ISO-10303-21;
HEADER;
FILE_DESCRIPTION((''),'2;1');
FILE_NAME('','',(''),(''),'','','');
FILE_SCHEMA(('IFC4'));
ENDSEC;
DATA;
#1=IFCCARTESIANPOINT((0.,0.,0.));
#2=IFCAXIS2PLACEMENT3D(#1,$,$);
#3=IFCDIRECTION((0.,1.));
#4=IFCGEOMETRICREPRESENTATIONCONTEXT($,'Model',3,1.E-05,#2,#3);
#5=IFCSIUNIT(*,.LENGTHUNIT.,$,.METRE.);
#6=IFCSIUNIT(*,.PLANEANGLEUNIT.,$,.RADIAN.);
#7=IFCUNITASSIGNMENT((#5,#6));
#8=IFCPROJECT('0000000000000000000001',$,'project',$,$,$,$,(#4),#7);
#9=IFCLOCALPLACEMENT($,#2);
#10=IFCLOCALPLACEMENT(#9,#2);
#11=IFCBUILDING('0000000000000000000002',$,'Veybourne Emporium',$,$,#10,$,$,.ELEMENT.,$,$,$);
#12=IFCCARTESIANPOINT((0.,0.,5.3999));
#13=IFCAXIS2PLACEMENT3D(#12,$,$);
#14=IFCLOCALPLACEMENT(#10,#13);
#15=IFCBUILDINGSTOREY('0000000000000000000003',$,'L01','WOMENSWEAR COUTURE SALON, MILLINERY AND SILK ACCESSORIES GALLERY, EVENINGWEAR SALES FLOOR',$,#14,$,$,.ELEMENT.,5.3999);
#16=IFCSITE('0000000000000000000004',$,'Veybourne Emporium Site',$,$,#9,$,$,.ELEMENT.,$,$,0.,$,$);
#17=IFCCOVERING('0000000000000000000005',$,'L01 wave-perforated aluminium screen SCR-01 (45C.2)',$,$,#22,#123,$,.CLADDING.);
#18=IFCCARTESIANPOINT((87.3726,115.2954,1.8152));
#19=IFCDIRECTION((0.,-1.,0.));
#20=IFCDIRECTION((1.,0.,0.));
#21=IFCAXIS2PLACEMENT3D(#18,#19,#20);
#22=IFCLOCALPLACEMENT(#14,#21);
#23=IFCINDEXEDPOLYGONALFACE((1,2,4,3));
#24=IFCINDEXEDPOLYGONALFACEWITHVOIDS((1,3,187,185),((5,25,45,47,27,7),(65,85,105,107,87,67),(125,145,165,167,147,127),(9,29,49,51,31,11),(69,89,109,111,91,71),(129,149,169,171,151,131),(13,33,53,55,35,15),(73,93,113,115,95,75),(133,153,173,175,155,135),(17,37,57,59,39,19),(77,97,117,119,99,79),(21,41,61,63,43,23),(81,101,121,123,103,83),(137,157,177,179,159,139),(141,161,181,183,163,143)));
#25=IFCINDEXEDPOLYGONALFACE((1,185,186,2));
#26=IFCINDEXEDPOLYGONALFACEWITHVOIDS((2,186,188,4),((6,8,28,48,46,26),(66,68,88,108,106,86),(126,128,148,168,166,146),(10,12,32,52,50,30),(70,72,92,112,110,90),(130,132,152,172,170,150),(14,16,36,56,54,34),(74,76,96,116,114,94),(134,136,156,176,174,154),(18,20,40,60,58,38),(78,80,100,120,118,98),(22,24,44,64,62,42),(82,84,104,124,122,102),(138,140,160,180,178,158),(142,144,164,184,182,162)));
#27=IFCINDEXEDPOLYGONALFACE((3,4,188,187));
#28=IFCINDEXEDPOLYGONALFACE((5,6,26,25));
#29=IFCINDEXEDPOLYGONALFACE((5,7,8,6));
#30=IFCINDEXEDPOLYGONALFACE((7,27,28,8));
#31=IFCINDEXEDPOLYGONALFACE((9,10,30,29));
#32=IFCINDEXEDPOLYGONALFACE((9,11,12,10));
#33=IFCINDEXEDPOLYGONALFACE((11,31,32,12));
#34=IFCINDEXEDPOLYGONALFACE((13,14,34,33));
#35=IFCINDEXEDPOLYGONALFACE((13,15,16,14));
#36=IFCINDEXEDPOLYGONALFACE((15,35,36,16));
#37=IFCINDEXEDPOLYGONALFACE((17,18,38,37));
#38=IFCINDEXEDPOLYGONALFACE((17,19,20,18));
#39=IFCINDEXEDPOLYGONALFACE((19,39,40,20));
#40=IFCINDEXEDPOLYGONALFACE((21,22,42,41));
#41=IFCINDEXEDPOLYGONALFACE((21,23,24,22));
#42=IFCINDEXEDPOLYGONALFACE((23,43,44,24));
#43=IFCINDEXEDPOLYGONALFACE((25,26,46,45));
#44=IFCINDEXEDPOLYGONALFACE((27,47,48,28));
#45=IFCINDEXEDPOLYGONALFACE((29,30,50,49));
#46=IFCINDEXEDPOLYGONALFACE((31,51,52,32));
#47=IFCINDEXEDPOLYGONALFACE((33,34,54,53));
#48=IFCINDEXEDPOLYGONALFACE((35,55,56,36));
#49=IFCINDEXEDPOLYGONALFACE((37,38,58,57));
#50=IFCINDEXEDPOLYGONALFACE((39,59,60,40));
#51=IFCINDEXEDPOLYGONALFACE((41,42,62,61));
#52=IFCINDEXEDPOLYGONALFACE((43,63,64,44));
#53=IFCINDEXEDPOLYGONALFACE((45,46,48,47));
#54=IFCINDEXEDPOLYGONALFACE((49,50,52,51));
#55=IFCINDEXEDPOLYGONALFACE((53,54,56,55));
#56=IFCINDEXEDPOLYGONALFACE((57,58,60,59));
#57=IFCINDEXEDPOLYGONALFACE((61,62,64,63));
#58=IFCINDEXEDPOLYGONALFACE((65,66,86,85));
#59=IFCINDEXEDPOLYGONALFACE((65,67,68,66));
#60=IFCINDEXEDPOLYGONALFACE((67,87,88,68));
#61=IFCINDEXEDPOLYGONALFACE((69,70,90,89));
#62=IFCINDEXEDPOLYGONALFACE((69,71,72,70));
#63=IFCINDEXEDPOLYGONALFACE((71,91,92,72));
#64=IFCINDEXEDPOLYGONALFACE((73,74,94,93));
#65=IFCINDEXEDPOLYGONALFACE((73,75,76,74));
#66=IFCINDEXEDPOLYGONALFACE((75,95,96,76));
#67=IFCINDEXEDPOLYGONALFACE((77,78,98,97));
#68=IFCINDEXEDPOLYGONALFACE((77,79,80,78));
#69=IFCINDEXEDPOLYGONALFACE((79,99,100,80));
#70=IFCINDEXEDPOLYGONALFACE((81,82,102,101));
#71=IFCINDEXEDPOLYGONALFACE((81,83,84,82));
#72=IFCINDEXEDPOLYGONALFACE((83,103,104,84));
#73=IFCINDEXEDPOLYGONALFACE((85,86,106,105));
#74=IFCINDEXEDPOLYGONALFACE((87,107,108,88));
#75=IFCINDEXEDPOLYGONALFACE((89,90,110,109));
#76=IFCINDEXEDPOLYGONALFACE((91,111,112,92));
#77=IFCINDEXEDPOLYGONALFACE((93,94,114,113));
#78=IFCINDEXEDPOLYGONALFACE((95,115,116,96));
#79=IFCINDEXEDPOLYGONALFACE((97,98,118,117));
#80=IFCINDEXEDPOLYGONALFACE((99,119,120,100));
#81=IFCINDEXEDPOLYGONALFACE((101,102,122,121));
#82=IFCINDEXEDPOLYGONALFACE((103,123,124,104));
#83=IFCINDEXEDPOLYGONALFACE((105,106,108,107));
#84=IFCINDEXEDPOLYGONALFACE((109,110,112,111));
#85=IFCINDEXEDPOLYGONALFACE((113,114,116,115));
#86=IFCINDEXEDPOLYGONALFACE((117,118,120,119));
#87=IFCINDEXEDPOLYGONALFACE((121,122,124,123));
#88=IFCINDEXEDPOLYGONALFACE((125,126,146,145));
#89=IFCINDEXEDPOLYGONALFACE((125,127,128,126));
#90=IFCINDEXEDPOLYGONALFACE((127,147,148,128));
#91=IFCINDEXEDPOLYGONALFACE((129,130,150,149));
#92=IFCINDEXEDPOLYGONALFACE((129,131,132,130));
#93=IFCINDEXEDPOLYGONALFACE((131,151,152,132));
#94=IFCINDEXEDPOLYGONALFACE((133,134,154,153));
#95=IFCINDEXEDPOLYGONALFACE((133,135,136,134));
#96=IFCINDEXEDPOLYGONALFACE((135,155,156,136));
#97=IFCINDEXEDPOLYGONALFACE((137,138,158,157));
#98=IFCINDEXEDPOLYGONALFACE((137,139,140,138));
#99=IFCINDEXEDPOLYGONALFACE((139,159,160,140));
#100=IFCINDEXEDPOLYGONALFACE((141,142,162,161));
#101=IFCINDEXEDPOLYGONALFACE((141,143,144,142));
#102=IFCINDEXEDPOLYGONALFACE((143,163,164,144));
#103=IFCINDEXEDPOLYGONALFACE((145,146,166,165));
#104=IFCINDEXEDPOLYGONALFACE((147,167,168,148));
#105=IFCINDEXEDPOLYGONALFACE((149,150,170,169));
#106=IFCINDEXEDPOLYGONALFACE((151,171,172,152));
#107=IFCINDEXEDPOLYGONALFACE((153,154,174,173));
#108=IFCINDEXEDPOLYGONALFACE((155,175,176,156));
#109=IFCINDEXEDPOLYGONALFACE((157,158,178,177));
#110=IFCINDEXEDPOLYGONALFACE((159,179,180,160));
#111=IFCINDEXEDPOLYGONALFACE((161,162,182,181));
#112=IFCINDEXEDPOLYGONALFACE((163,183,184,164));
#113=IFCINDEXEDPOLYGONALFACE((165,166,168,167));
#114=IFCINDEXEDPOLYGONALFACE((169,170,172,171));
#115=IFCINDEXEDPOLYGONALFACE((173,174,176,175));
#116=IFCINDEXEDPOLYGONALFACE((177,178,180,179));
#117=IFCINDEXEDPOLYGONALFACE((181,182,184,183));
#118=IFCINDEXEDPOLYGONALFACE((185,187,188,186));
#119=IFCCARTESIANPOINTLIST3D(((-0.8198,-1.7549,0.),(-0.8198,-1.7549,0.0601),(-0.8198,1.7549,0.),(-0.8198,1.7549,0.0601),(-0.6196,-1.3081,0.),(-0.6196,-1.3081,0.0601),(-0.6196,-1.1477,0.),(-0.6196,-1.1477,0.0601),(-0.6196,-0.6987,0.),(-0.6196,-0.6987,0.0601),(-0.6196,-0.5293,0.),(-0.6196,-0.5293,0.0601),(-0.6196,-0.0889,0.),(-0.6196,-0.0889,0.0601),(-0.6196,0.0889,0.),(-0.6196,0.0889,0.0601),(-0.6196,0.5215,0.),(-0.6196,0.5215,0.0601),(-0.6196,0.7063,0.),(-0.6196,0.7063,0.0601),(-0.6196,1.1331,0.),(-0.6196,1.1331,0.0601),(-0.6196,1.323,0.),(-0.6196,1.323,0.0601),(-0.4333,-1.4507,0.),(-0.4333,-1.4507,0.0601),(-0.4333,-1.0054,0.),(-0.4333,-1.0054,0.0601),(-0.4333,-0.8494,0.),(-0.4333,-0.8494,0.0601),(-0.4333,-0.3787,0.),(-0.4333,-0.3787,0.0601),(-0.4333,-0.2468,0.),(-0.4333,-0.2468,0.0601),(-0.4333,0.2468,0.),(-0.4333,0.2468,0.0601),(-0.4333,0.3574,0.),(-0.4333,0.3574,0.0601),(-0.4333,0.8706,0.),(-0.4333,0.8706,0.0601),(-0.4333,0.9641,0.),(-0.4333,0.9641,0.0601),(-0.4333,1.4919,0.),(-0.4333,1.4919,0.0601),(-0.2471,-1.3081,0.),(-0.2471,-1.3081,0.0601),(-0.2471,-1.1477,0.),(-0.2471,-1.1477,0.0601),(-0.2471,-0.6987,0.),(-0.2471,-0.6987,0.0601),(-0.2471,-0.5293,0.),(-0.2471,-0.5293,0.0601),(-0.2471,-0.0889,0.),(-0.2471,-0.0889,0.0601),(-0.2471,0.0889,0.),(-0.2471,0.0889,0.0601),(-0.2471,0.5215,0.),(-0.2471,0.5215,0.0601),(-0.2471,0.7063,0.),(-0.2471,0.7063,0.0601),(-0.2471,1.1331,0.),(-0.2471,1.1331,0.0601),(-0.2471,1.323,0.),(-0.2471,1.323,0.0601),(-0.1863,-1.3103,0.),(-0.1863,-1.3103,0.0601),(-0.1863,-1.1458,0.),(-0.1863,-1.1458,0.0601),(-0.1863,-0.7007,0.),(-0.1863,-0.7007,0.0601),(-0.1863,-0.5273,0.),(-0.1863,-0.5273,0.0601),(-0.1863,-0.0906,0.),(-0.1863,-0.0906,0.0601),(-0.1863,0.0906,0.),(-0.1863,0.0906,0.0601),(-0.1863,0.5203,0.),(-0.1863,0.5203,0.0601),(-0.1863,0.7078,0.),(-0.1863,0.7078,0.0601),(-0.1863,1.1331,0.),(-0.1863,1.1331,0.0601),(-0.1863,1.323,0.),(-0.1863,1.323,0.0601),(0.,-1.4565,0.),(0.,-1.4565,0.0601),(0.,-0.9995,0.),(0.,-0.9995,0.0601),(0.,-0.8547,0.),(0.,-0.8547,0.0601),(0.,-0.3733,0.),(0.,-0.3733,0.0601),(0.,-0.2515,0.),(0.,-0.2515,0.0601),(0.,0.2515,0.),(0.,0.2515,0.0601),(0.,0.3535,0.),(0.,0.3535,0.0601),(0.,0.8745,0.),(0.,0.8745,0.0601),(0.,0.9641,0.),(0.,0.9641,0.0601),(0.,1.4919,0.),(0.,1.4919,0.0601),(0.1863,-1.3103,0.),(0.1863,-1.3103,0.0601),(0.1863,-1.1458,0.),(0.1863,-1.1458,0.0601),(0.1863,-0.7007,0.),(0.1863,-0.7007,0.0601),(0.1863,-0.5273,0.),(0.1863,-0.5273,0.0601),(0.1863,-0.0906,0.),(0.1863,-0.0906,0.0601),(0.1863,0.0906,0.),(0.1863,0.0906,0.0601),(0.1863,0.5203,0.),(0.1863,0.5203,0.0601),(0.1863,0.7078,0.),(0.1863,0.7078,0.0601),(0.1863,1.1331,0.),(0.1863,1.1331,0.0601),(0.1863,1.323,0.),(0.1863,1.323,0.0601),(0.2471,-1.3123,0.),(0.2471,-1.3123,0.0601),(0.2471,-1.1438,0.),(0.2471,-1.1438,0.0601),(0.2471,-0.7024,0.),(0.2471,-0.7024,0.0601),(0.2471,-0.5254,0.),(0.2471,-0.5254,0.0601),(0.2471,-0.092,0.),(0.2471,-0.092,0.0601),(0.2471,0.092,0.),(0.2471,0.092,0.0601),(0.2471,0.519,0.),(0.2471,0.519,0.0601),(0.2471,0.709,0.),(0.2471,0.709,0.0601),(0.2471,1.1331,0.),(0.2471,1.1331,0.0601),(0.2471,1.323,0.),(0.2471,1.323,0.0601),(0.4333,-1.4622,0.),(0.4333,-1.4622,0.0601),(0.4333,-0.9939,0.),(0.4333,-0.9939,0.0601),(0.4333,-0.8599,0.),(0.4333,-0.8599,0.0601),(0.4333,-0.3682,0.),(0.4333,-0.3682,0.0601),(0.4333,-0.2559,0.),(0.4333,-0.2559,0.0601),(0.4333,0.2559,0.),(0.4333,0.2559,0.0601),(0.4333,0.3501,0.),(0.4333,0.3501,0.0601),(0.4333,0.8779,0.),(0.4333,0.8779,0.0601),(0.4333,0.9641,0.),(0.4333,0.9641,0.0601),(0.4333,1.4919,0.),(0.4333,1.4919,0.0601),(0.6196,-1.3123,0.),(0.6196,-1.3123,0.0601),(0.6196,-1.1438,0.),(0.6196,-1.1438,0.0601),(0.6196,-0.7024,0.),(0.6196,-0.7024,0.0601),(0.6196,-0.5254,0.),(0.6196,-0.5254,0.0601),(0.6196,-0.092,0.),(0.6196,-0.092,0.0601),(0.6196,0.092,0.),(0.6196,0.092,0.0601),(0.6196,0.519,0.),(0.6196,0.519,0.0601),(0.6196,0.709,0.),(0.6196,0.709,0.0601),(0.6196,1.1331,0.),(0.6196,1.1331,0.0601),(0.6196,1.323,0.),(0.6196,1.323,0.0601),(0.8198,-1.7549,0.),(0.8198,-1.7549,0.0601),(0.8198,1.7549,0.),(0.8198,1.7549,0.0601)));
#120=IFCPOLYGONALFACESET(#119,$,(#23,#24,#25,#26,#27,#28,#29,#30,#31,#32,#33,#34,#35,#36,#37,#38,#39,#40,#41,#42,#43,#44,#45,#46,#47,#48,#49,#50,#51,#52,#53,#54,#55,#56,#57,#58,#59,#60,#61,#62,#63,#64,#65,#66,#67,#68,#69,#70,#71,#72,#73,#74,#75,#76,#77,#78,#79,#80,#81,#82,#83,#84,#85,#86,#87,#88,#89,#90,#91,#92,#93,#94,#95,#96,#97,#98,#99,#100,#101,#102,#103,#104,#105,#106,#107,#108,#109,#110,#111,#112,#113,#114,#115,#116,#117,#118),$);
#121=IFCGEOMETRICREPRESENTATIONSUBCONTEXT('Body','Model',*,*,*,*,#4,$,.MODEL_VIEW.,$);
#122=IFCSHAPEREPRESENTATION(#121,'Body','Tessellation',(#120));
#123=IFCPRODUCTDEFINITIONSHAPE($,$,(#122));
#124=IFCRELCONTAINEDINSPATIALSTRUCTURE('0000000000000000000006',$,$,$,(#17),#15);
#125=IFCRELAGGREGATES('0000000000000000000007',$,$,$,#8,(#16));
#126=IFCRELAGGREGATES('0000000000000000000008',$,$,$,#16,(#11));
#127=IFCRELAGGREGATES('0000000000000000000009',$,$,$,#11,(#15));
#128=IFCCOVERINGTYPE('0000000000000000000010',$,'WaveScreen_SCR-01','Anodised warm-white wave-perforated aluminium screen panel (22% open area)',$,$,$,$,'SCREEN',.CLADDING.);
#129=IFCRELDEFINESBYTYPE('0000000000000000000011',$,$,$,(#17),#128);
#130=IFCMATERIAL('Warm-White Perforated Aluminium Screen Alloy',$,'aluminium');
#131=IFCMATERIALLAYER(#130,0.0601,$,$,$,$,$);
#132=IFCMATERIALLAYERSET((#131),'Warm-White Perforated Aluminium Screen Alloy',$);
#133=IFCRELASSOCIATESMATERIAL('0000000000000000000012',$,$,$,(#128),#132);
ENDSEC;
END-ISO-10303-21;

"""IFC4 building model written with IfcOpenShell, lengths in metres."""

from ifc_helpers import new_model, si_unit, direction, frame, origin, place, context, subcontext, project, spatial, polyline, outline, extrude, material, layer, layer_set, type_object, element, save


model = new_model("IFC4")

# Units and contexts
model_context = context("Model", 3, precision=1e-05, world=origin(), true_north=direction((0.0, 1.0)))
body_context = subcontext(model_context, "Body", "Model", "MODEL_VIEW")
ifc_project = project(units=[si_unit("LENGTHUNIT", "METRE"), si_unit("PLANEANGLEUNIT", "RADIAN")], contexts=[model_context])

# Site, building, storey
site_placement = place(None, origin())
site = spatial("IfcSite", under=ifc_project, at=site_placement, Name="Veybourne Emporium Site", CompositionType="ELEMENT", RefElevation=0.0)
building_placement = place(site_placement, origin())
building = spatial("IfcBuilding", under=site, at=building_placement, Name="Veybourne Emporium", CompositionType="ELEMENT")
storey_placement = place(building_placement, frame((0.0, 0.0, 5.3999)))
storey = spatial("IfcBuildingStorey", under=building, at=storey_placement, Name="L01", Description="WOMENSWEAR COUTURE SALON, MILLINERY AND SILK ACCESSORIES GALLERY, EVENINGWEAR SALES FLOOR", CompositionType="ELEMENT", Elevation=5.3999)

# Covering
ifc_material_1 = material(Name="Warm-White Perforated Aluminium Screen Alloy", Category="aluminium")
ifc_layer_1 = layer(ifc_material_1, 0.0601)
ifc_layer_set_1 = layer_set([ifc_layer_1], Name="Warm-White Perforated Aluminium Screen Alloy")
covering_type_1 = type_object("IfcCoveringType", Name="WaveScreen_SCR-01", Description="Anodised warm-white wave-perforated aluminium screen panel (22% open area)", ElementType="SCREEN", PredefinedType="CLADDING", material=ifc_layer_set_1)
covering_1_placement = place(storey_placement, frame((87.3726, 115.2954, 1.8152), z_axis=(0.0, -1.0, 0.0), x_axis=(1.0, 0.0, 0.0)))
element("IfcCovering", 1, at=covering_1_placement, inside=storey, type_object=covering_type_1, Name="L01 wave-perforated aluminium screen SCR-01 (45C.2)", PredefinedType="CLADDING", context=body_context, shape_type="SweptSolid", body=[
    extrude(outline(polyline([(-0.8198, -1.7549), (0.8198, -1.7549), (0.8198, 1.7549), (-0.8198, 1.7549), (-0.8198, -1.7549)]), holes=[polyline([(-0.4333, -1.0054), (-0.2471, -1.1477), (-0.2471, -1.3081), (-0.4333, -1.4507), (-0.6196, -1.3081), (-0.6196, -1.1477), (-0.4333, -1.0054)]), polyline([(-0.4333, -0.3787), (-0.2471, -0.5293), (-0.2471, -0.6987), (-0.4333, -0.8494), (-0.6196, -0.6987), (-0.6196, -0.5293), (-0.4333, -0.3787)]), polyline([(-0.4333, 0.2468), (-0.2471, 0.0889), (-0.2471, -0.0889), (-0.4333, -0.2468), (-0.6196, -0.0889), (-0.6196, 0.0889), (-0.4333, 0.2468)]), polyline([(-0.4333, 0.8706), (-0.2471, 0.7063), (-0.2471, 0.5215), (-0.4333, 0.3574), (-0.6196, 0.5215), (-0.6196, 0.7063), (-0.4333, 0.8706)]), polyline([(-0.4333, 1.4919), (-0.2471, 1.323), (-0.2471, 1.1331), (-0.4333, 0.9641), (-0.6196, 1.1331), (-0.6196, 1.323), (-0.4333, 1.4919)]), polyline([(0.0, -0.9995), (0.1863, -1.1458), (0.1863, -1.3103), (0.0, -1.4565), (-0.1863, -1.3103), (-0.1863, -1.1458), (0.0, -0.9995)]), polyline([(0.0, -0.3733), (0.1863, -0.5273), (0.1863, -0.7007), (0.0, -0.8547), (-0.1863, -0.7007), (-0.1863, -0.5273), (0.0, -0.3733)]), polyline([(0.0, 0.2515), (0.1863, 0.0906), (0.1863, -0.0906), (0.0, -0.2515), (-0.1863, -0.0906), (-0.1863, 0.0906), (0.0, 0.2515)]), polyline([(0.0, 0.8745), (0.1863, 0.7078), (0.1863, 0.5203), (0.0, 0.3535), (-0.1863, 0.5203), (-0.1863, 0.7078), (0.0, 0.8745)]), polyline([(0.0, 1.4919), (0.1863, 1.323), (0.1863, 1.1331), (0.0, 0.9641), (-0.1863, 1.1331), (-0.1863, 1.323), (0.0, 1.4919)]), polyline([(0.4333, -0.9939), (0.6196, -1.1438), (0.6196, -1.3123), (0.4333, -1.4622), (0.2471, -1.3123), (0.2471, -1.1438), (0.4333, -0.9939)]), polyline([(0.4333, -0.3682), (0.6196, -0.5254), (0.6196, -0.7024), (0.4333, -0.8599), (0.2471, -0.7024), (0.2471, -0.5254), (0.4333, -0.3682)]), polyline([(0.4333, 0.2559), (0.6196, 0.092), (0.6196, -0.092), (0.4333, -0.2559), (0.2471, -0.092), (0.2471, 0.092), (0.4333, 0.2559)]), polyline([(0.4333, 0.8779), (0.6196, 0.709), (0.6196, 0.519), (0.4333, 0.3501), (0.2471, 0.519), (0.2471, 0.709), (0.4333, 0.8779)]), polyline([(0.4333, 1.4919), (0.6196, 1.323), (0.6196, 1.1331), (0.4333, 0.9641), (0.2471, 1.1331), (0.2471, 1.323), (0.4333, 1.4919)])]), origin(), (0.0, 0.0, 1.0), 0.0601),
])

save(model, "model.ifc")
